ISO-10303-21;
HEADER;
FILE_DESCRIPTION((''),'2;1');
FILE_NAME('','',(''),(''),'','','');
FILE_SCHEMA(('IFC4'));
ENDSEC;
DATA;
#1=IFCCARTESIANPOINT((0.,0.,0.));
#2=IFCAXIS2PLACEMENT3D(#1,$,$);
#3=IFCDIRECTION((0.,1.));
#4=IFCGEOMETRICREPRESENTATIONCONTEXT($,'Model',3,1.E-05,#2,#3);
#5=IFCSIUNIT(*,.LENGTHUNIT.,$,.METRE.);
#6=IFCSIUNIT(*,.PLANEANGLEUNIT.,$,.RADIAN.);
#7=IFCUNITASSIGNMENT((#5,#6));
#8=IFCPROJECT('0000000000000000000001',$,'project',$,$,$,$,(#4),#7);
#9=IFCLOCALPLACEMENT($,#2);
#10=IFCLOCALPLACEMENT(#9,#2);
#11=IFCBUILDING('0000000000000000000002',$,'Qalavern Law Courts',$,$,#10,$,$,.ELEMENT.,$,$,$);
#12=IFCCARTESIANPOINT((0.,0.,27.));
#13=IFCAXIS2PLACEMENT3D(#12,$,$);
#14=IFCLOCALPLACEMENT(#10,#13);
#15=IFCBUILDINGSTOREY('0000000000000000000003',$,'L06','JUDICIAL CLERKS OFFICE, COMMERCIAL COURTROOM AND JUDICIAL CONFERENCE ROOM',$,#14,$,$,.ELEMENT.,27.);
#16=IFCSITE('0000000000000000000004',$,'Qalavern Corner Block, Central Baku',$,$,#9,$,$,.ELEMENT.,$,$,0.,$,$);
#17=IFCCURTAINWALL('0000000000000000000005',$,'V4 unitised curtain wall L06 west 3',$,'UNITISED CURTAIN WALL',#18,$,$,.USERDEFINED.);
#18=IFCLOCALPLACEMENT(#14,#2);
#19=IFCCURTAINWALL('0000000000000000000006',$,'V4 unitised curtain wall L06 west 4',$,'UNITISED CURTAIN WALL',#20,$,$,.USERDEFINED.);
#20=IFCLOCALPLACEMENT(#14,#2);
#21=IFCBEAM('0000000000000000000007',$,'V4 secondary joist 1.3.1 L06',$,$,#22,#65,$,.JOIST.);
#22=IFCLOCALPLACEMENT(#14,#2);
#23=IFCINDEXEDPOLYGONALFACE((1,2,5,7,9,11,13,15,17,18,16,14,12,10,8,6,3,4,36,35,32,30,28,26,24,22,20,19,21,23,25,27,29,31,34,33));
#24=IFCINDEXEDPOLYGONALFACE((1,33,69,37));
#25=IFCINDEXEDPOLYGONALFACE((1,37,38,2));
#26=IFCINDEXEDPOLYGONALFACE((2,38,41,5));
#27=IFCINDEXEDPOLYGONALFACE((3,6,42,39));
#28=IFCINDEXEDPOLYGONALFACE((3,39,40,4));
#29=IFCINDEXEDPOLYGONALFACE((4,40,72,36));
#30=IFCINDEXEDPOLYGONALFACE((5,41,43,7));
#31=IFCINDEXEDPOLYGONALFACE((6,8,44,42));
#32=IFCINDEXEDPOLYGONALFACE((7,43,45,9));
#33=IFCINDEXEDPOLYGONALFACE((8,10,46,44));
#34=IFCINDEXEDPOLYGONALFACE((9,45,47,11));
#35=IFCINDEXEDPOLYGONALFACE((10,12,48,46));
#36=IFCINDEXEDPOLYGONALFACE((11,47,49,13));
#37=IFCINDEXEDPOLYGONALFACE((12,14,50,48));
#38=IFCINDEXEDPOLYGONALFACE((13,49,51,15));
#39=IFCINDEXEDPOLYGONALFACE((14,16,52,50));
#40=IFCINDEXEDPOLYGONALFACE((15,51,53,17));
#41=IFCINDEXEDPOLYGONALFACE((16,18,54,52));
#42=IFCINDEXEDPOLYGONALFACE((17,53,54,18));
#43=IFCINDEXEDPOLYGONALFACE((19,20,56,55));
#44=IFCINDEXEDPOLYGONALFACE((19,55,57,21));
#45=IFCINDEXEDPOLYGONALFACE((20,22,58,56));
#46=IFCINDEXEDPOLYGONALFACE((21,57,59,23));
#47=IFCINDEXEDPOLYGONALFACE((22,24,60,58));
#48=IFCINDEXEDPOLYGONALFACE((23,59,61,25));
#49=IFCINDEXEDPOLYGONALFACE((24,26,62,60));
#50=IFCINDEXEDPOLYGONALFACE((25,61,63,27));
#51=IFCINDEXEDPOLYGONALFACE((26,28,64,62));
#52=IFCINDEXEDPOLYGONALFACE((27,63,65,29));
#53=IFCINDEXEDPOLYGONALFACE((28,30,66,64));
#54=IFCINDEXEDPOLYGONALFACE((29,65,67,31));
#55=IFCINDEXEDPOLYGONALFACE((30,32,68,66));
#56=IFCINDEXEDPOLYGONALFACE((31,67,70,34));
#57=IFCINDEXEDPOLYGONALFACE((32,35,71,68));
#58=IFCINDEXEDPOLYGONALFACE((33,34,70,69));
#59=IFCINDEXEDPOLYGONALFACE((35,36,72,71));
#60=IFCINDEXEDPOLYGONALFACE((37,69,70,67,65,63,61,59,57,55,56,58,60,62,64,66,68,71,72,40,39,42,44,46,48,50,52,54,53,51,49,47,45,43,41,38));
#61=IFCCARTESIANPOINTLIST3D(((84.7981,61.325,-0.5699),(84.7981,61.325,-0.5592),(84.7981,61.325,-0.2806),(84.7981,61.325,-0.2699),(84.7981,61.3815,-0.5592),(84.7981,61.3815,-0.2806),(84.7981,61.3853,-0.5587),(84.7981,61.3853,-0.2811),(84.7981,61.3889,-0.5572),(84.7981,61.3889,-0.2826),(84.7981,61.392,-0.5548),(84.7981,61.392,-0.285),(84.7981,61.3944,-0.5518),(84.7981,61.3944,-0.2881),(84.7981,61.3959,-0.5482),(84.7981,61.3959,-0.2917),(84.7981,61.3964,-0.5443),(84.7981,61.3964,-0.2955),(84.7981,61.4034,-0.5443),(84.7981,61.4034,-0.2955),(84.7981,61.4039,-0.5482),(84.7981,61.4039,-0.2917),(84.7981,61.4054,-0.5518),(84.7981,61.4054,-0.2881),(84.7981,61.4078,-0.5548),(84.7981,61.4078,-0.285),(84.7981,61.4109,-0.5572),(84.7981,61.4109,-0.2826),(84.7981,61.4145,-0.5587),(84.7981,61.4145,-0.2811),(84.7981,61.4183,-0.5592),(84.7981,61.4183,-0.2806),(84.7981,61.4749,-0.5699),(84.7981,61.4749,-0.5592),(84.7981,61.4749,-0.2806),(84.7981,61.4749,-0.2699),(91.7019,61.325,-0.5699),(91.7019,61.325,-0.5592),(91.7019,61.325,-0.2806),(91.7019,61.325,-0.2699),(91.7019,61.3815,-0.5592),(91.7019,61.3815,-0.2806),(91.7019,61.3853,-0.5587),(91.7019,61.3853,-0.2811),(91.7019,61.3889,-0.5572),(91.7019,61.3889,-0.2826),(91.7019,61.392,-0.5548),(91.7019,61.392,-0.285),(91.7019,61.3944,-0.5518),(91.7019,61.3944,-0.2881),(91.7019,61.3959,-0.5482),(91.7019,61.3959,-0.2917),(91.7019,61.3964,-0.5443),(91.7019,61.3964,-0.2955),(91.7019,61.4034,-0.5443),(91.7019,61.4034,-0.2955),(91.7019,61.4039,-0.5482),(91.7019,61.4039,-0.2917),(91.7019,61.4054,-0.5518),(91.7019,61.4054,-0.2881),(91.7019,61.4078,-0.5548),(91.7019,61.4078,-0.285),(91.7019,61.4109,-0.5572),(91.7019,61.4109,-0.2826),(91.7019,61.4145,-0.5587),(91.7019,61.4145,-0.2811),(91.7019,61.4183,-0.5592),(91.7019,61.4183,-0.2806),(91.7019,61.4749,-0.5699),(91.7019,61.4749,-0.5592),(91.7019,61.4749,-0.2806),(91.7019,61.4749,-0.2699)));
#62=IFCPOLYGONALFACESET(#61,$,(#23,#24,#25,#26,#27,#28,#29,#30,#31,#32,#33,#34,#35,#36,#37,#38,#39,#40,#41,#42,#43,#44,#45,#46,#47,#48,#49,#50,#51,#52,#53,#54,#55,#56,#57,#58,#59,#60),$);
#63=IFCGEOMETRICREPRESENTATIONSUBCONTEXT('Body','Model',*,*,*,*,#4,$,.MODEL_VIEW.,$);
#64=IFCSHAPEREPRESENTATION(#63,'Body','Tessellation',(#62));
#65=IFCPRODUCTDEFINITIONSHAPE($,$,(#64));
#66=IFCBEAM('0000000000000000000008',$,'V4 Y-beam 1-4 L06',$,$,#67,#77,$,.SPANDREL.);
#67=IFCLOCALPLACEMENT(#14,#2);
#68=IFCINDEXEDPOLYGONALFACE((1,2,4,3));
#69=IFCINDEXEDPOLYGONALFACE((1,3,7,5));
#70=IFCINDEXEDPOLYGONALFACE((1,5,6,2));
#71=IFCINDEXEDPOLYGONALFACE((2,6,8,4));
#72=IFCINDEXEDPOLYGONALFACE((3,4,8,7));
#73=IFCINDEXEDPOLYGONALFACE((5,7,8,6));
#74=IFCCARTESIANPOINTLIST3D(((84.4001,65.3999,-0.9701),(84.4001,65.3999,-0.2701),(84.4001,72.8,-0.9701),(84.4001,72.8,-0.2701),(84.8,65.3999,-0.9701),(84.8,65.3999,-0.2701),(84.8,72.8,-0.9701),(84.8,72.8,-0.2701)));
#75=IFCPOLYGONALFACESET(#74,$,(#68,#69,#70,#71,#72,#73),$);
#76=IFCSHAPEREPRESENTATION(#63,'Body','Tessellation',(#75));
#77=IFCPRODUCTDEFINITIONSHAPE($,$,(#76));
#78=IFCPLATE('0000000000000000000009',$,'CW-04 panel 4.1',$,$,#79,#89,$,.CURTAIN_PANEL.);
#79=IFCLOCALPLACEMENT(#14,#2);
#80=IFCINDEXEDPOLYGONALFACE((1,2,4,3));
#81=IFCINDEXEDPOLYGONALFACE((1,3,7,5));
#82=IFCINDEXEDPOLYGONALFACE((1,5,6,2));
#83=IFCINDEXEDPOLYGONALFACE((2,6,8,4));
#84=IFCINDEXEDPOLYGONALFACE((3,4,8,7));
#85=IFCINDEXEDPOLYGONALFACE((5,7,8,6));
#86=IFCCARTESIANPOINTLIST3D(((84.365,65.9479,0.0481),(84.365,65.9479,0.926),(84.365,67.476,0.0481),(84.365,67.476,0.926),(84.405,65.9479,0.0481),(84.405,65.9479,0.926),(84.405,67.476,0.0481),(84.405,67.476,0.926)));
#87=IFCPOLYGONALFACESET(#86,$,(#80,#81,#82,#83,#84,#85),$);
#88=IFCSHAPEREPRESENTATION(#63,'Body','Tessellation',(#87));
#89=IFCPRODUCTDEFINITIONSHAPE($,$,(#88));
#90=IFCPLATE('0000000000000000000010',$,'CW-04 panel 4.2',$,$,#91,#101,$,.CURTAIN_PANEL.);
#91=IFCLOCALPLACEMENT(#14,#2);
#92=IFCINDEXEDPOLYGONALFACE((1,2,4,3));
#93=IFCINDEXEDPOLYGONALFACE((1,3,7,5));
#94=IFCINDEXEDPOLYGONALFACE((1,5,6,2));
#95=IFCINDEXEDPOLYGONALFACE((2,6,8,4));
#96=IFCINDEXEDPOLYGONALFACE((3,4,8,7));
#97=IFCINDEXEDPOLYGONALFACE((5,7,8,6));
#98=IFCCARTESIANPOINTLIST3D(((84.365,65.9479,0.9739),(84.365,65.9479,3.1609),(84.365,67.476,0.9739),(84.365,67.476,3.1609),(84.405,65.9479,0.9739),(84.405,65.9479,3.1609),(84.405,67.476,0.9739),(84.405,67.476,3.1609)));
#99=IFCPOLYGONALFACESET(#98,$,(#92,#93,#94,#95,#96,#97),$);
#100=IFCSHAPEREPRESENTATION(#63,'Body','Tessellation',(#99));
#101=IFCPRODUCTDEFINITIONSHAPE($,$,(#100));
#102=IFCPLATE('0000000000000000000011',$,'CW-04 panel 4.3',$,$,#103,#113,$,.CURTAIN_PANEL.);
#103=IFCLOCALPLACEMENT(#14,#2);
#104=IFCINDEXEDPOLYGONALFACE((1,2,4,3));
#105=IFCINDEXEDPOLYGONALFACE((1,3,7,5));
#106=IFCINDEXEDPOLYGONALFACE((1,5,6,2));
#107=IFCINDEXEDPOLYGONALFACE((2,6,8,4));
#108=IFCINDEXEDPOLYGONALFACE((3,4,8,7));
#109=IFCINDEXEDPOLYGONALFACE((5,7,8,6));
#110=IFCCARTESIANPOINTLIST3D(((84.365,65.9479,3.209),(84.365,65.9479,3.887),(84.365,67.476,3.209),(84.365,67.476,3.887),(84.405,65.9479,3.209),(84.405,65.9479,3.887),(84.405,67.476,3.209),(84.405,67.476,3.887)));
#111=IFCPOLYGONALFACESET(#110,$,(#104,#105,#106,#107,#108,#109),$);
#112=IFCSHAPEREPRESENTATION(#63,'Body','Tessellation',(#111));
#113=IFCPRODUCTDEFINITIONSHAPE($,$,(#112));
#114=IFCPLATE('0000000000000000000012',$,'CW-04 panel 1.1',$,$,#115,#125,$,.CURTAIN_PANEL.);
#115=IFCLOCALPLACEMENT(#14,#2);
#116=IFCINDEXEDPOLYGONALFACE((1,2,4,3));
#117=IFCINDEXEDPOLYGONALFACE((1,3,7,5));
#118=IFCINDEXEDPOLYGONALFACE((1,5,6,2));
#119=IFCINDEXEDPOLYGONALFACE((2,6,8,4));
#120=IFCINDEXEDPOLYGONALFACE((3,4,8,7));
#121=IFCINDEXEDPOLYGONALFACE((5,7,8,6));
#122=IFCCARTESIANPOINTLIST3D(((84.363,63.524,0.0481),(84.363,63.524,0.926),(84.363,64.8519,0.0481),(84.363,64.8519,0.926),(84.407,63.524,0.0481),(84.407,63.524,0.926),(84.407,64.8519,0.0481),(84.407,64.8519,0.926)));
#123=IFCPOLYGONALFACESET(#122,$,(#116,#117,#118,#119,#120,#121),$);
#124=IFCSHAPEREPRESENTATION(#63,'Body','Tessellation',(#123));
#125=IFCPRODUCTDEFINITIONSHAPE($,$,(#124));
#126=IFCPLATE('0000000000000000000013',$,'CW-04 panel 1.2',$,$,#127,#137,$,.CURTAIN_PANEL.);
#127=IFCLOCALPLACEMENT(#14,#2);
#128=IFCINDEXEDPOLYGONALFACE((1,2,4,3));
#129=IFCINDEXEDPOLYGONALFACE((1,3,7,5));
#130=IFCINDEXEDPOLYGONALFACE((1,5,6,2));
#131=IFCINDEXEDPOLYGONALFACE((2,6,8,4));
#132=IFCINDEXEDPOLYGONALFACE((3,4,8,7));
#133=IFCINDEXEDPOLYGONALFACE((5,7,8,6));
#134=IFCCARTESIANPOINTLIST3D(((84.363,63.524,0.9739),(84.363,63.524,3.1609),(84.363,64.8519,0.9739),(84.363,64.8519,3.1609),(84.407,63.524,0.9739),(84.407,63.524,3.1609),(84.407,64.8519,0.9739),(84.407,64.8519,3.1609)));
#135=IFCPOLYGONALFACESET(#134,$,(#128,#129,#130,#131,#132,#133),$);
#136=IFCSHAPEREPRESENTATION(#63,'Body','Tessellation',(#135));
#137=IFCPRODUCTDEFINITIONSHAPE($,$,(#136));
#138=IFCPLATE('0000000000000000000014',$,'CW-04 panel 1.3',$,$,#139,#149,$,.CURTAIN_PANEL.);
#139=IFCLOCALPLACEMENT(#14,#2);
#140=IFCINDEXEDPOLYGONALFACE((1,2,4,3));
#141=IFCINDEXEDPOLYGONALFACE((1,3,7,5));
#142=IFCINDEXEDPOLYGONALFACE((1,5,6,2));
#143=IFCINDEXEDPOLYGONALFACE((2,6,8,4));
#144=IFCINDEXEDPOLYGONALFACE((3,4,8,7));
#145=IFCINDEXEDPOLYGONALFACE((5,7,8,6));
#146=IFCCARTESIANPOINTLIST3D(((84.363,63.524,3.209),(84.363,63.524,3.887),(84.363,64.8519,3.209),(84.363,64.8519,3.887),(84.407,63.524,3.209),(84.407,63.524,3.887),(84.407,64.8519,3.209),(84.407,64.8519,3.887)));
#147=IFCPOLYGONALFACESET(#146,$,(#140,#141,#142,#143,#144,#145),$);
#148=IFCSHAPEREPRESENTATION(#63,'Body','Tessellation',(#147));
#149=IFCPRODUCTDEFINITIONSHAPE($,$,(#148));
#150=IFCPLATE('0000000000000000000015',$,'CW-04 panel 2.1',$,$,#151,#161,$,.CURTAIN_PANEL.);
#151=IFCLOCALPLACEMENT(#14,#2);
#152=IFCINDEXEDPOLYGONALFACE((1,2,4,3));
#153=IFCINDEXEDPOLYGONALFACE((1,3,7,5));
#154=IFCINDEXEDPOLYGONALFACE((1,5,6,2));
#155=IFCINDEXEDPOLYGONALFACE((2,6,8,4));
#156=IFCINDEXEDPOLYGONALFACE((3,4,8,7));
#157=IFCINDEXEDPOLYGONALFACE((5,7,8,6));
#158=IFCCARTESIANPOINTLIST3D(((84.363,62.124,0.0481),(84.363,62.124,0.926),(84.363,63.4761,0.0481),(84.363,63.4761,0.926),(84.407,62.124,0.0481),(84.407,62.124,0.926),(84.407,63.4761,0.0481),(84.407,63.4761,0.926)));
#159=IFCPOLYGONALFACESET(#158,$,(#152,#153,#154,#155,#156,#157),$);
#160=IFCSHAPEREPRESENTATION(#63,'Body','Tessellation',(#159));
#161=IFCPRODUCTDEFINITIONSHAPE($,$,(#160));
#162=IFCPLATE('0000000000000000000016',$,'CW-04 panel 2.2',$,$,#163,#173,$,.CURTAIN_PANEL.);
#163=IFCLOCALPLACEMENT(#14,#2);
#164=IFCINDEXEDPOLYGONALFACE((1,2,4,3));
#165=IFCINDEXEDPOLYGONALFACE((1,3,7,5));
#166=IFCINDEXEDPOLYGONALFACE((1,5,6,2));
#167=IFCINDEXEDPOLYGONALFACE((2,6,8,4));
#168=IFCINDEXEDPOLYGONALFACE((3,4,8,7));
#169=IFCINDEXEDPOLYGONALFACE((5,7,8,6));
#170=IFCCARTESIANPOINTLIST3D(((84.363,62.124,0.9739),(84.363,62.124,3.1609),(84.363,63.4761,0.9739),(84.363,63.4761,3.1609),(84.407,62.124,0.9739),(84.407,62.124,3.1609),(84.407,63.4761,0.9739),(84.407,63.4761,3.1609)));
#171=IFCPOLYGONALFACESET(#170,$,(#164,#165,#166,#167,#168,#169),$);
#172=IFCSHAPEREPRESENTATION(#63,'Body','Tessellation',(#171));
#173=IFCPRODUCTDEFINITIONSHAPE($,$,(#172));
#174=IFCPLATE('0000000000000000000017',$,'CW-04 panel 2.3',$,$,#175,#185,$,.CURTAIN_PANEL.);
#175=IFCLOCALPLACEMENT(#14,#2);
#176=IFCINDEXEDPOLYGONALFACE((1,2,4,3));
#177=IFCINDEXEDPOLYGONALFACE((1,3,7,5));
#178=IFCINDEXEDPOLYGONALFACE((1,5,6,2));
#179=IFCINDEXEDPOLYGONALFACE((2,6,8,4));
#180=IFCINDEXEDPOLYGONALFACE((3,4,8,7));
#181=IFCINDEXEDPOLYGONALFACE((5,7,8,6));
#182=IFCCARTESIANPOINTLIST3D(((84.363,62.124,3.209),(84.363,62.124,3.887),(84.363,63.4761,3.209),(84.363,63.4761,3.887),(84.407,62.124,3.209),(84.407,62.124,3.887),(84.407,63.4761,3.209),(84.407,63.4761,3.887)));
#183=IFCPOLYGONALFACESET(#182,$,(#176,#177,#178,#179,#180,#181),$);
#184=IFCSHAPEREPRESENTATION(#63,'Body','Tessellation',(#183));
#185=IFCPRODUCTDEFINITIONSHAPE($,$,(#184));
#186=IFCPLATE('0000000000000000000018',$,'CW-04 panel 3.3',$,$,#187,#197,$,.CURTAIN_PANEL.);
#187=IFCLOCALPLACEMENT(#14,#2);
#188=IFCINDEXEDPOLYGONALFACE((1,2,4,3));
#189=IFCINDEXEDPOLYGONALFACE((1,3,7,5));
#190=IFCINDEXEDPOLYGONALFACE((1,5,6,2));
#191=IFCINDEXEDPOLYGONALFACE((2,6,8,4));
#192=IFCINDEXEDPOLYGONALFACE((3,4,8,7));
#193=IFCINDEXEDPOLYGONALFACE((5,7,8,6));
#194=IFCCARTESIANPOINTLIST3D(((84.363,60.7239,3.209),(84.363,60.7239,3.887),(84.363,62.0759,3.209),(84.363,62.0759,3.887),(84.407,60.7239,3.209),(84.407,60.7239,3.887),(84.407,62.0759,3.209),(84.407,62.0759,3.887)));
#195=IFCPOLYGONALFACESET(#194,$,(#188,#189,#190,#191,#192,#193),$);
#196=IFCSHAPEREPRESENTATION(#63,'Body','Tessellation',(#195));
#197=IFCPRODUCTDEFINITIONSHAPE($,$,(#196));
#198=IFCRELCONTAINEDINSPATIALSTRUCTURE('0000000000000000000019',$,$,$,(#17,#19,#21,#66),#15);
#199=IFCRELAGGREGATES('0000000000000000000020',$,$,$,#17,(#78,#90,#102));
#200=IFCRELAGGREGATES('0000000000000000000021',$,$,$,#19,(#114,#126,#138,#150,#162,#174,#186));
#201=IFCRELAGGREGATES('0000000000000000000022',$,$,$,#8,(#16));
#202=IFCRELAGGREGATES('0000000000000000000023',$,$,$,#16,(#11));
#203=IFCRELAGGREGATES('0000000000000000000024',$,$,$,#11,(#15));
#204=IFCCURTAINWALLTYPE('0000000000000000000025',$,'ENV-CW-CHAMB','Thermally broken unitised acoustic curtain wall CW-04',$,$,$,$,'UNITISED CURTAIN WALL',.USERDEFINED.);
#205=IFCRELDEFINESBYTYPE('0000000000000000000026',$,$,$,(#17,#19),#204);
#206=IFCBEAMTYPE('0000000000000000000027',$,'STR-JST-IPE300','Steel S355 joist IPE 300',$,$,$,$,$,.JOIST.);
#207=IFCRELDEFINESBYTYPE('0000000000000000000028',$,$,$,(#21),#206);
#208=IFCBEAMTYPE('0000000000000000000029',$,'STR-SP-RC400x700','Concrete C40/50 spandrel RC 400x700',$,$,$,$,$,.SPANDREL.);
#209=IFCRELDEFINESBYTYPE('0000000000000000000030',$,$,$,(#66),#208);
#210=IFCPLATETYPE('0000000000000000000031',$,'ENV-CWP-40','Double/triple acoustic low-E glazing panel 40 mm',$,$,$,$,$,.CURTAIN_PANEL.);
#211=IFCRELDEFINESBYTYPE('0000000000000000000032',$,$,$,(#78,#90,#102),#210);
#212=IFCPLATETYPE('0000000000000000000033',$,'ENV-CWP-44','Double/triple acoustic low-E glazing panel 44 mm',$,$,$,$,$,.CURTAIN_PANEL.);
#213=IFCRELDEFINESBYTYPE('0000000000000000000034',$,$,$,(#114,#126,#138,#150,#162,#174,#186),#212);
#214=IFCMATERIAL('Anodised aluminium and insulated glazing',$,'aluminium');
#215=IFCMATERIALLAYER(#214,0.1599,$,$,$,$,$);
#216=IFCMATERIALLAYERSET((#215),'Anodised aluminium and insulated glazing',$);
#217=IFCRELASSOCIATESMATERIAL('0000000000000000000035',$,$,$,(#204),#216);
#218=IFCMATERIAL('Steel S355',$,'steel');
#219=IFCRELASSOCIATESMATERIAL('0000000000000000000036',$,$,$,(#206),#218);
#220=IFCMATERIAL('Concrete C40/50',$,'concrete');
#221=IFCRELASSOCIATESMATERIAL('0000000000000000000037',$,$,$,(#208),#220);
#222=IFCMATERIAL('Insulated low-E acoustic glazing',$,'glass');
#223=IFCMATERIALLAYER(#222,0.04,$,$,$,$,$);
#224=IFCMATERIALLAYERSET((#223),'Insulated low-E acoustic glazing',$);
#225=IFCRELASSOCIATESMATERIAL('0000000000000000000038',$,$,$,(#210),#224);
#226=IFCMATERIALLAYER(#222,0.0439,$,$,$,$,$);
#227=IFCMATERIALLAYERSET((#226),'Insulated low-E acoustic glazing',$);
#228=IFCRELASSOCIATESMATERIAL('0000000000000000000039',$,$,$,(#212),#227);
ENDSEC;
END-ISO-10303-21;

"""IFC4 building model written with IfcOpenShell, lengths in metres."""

from ifc_helpers import new_model, si_unit, direction, frame, origin, origin_2d, place, context, subcontext, project, spatial, rectangle, i_section, extrude, material, layer, layer_set, material_profile, profile_set, type_object, element, aggregate, save


model = new_model("IFC4")

# Units and contexts
model_context = context("Model", 3, precision=1e-05, world=origin(), true_north=direction((0.0, 1.0)))
body_context = subcontext(model_context, "Body", "Model", "MODEL_VIEW")
ifc_project = project(units=[si_unit("LENGTHUNIT", "METRE"), si_unit("PLANEANGLEUNIT", "RADIAN")], contexts=[model_context])

# Site, building, storey
site_placement = place(None, origin())
site = spatial("IfcSite", under=ifc_project, at=site_placement, Name="Qalavern Corner Block, Central Baku", CompositionType="ELEMENT", RefElevation=0.0)
building_placement = place(site_placement, origin())
building = spatial("IfcBuilding", under=site, at=building_placement, Name="Qalavern Law Courts", CompositionType="ELEMENT")
storey_placement = place(building_placement, frame((0.0, 0.0, 27.0)))
storey = spatial("IfcBuildingStorey", under=building, at=storey_placement, Name="L06", Description="JUDICIAL CLERKS OFFICE, COMMERCIAL COURTROOM AND JUDICIAL CONFERENCE ROOM", CompositionType="ELEMENT", Elevation=27.0)

# Curtain wall
ifc_material_1 = material(Name="Anodised aluminium and insulated glazing", Category="aluminium")
ifc_layer_1 = layer(ifc_material_1, 0.1599)
ifc_layer_set_1 = layer_set([ifc_layer_1], Name="Anodised aluminium and insulated glazing")
curtain_wall_type = type_object("IfcCurtainWallType", Name="ENV-CW-CHAMB", Description="Thermally broken unitised acoustic curtain wall CW-04", ElementType="UNITISED CURTAIN WALL", PredefinedType="USERDEFINED", material=ifc_layer_set_1)
curtain_wall_1_placement = place(storey_placement, origin())
curtain_wall_1 = element("IfcCurtainWall", 1, at=curtain_wall_1_placement, inside=storey, type_object=curtain_wall_type, Name="V4 unitised curtain wall L06 west 3", ObjectType="UNITISED CURTAIN WALL", PredefinedType="USERDEFINED")

# Curtain wall
curtain_wall_2_placement = place(storey_placement, origin())
curtain_wall_2 = element("IfcCurtainWall", 2, at=curtain_wall_2_placement, inside=storey, type_object=curtain_wall_type, Name="V4 unitised curtain wall L06 west 4", ObjectType="UNITISED CURTAIN WALL", PredefinedType="USERDEFINED")

# Beams
ifc_material_2 = material(Name="Steel S355", Category="steel")
ifc_material_profile_1 = material_profile(ifc_material_2, i_section(OverallWidth=0.1499, OverallDepth=0.3, WebThickness=0.0071, FlangeThickness=0.0107, FilletRadius=0.0149, at=origin_2d()), Name="IPE 300")
ifc_profile_set_1 = profile_set([ifc_material_profile_1], Name="Steel S355")
beam_type_1 = type_object("IfcBeamType", Name="STR-JST-IPE300", Description="Steel S355 joist IPE 300", PredefinedType="JOIST", material=ifc_profile_set_1)
beam_1_placement = place(storey_placement, frame((84.7981, 61.3999, -0.4199), z_axis=(1.0, 0.0, 0.0), x_axis=(0.0, 1.0, 0.0)))
element("IfcBeam", 3, at=beam_1_placement, inside=storey, type_object=beam_type_1, Name="V4 secondary joist 1.3.1 L06", PredefinedType="JOIST", context=body_context, shape_type="SweptSolid", body=[
    extrude(i_section(OverallWidth=0.1499, OverallDepth=0.3, WebThickness=0.0071, FlangeThickness=0.0107, FilletRadius=0.0149, at=origin_2d()), origin(), (0.0, 0.0, 1.0), 6.9038),
])
ifc_material_3 = material(Name="Concrete C40/50", Category="concrete")
ifc_material_profile_2 = material_profile(ifc_material_3, rectangle(XDim=0.3999, YDim=0.7, at=origin_2d()), Name="RC 400x700")
ifc_profile_set_2 = profile_set([ifc_material_profile_2], Name="Concrete C40/50")
beam_type_2 = type_object("IfcBeamType", Name="STR-SP-RC400x700", Description="Concrete C40/50 spandrel RC 400x700", PredefinedType="SPANDREL", material=ifc_profile_set_2)
beam_2_placement = place(storey_placement, frame((84.6001, 65.3999, -0.6201), z_axis=(0.0, 1.0, 0.0), x_axis=(-1.0, 0.0, 0.0)))
element("IfcBeam", 4, at=beam_2_placement, inside=storey, type_object=beam_type_2, Name="V4 Y-beam 1-4 L06", PredefinedType="SPANDREL", context=body_context, shape_type="SweptSolid", body=[
    extrude(rectangle(XDim=0.3999, YDim=0.7, at=origin_2d()), origin(), (0.0, 0.0, 1.0), 7.4001),
])

# Plates
ifc_material_4 = material(Name="Insulated low-E acoustic glazing", Category="glass")
ifc_layer_2 = layer(ifc_material_4, 0.04)
ifc_layer_set_2 = layer_set([ifc_layer_2], Name="Insulated low-E acoustic glazing")
plate_type_1 = type_object("IfcPlateType", Name="ENV-CWP-40", Description="Double/triple acoustic low-E glazing panel 40 mm", PredefinedType="CURTAIN_PANEL", material=ifc_layer_set_2)
plate_1_placement = place(storey_placement, frame((84.385, 66.7119, 0.0481), z_axis=(0.0, 0.0, 1.0), x_axis=(0.0, -1.0, 0.0)))
plate_1 = element("IfcPlate", 5, at=plate_1_placement, type_object=plate_type_1, Name="CW-04 panel 4.1", PredefinedType="CURTAIN_PANEL", context=body_context, shape_type="SweptSolid", body=[
    extrude(rectangle(XDim=1.5281, YDim=0.04, at=origin_2d()), origin(), (0.0, 0.0, 1.0), 0.8779),
])
plate_2_placement = place(storey_placement, frame((84.385, 66.7119, 0.9739), z_axis=(0.0, 0.0, 1.0), x_axis=(0.0, -1.0, 0.0)))
plate_2 = element("IfcPlate", 6, at=plate_2_placement, type_object=plate_type_1, Name="CW-04 panel 4.2", PredefinedType="CURTAIN_PANEL", context=body_context, shape_type="SweptSolid", body=[
    extrude(rectangle(XDim=1.5281, YDim=0.04, at=origin_2d()), origin(), (0.0, 0.0, 1.0), 2.187),
])
plate_3_placement = place(storey_placement, frame((84.385, 66.7119, 3.209), z_axis=(0.0, 0.0, 1.0), x_axis=(0.0, -1.0, 0.0)))
plate_3 = element("IfcPlate", 7, at=plate_3_placement, type_object=plate_type_1, Name="CW-04 panel 4.3", PredefinedType="CURTAIN_PANEL", context=body_context, shape_type="SweptSolid", body=[
    extrude(rectangle(XDim=1.5281, YDim=0.04, at=origin_2d()), origin(), (0.0, 0.0, 1.0), 0.678),
])
aggregate(curtain_wall_1, [plate_1, plate_2, plate_3])
ifc_layer_3 = layer(ifc_material_4, 0.0439)
ifc_layer_set_3 = layer_set([ifc_layer_3], Name="Insulated low-E acoustic glazing")
plate_type_2 = type_object("IfcPlateType", Name="ENV-CWP-44", Description="Double/triple acoustic low-E glazing panel 44 mm", PredefinedType="CURTAIN_PANEL", material=ifc_layer_set_3)
plate_4_placement = place(storey_placement, frame((84.385, 64.188, 0.0481), z_axis=(0.0, 0.0, 1.0), x_axis=(0.0, -1.0, 0.0)))
plate_4 = element("IfcPlate", 8, at=plate_4_placement, type_object=plate_type_2, Name="CW-04 panel 1.1", PredefinedType="CURTAIN_PANEL", context=body_context, shape_type="SweptSolid", body=[
    extrude(rectangle(XDim=1.3279, YDim=0.0439, at=origin_2d()), origin(), (0.0, 0.0, 1.0), 0.8779),
])
plate_5_placement = place(storey_placement, frame((84.385, 64.188, 0.9739), z_axis=(0.0, 0.0, 1.0), x_axis=(0.0, -1.0, 0.0)))
plate_5 = element("IfcPlate", 9, at=plate_5_placement, type_object=plate_type_2, Name="CW-04 panel 1.2", PredefinedType="CURTAIN_PANEL", context=body_context, shape_type="SweptSolid", body=[
    extrude(rectangle(XDim=1.3279, YDim=0.0439, at=origin_2d()), origin(), (0.0, 0.0, 1.0), 2.187),
])
plate_6_placement = place(storey_placement, frame((84.385, 64.188, 3.209), z_axis=(0.0, 0.0, 1.0), x_axis=(0.0, -1.0, 0.0)))
plate_6 = element("IfcPlate", 10, at=plate_6_placement, type_object=plate_type_2, Name="CW-04 panel 1.3", PredefinedType="CURTAIN_PANEL", context=body_context, shape_type="SweptSolid", body=[
    extrude(rectangle(XDim=1.3279, YDim=0.0439, at=origin_2d()), origin(), (0.0, 0.0, 1.0), 0.678),
])
plate_7_placement = place(storey_placement, frame((84.385, 62.8, 0.0481), z_axis=(0.0, 0.0, 1.0), x_axis=(0.0, -1.0, 0.0)))
plate_7 = element("IfcPlate", 11, at=plate_7_placement, type_object=plate_type_2, Name="CW-04 panel 2.1", PredefinedType="CURTAIN_PANEL", context=body_context, shape_type="SweptSolid", body=[
    extrude(rectangle(XDim=1.3521, YDim=0.0439, at=origin_2d()), origin(), (0.0, 0.0, 1.0), 0.8779),
])
plate_8_placement = place(storey_placement, frame((84.385, 62.8, 0.9739), z_axis=(0.0, 0.0, 1.0), x_axis=(0.0, -1.0, 0.0)))
plate_8 = element("IfcPlate", 12, at=plate_8_placement, type_object=plate_type_2, Name="CW-04 panel 2.2", PredefinedType="CURTAIN_PANEL", context=body_context, shape_type="SweptSolid", body=[
    extrude(rectangle(XDim=1.3521, YDim=0.0439, at=origin_2d()), origin(), (0.0, 0.0, 1.0), 2.187),
])
plate_9_placement = place(storey_placement, frame((84.385, 62.8, 3.209), z_axis=(0.0, 0.0, 1.0), x_axis=(0.0, -1.0, 0.0)))
plate_9 = element("IfcPlate", 13, at=plate_9_placement, type_object=plate_type_2, Name="CW-04 panel 2.3", PredefinedType="CURTAIN_PANEL", context=body_context, shape_type="SweptSolid", body=[
    extrude(rectangle(XDim=1.3521, YDim=0.0439, at=origin_2d()), origin(), (0.0, 0.0, 1.0), 0.678),
])
plate_10_placement = place(storey_placement, frame((84.385, 61.3999, 3.209), z_axis=(0.0, 0.0, 1.0), x_axis=(0.0, -1.0, 0.0)))
plate_10 = element("IfcPlate", 14, at=plate_10_placement, type_object=plate_type_2, Name="CW-04 panel 3.3", PredefinedType="CURTAIN_PANEL", context=body_context, shape_type="SweptSolid", body=[
    extrude(rectangle(XDim=1.3521, YDim=0.0439, at=origin_2d()), origin(), (0.0, 0.0, 1.0), 0.678),
])
aggregate(curtain_wall_2, [plate_4, plate_5, plate_6, plate_7, plate_8, plate_9, plate_10])

save(model, "model.ifc")
